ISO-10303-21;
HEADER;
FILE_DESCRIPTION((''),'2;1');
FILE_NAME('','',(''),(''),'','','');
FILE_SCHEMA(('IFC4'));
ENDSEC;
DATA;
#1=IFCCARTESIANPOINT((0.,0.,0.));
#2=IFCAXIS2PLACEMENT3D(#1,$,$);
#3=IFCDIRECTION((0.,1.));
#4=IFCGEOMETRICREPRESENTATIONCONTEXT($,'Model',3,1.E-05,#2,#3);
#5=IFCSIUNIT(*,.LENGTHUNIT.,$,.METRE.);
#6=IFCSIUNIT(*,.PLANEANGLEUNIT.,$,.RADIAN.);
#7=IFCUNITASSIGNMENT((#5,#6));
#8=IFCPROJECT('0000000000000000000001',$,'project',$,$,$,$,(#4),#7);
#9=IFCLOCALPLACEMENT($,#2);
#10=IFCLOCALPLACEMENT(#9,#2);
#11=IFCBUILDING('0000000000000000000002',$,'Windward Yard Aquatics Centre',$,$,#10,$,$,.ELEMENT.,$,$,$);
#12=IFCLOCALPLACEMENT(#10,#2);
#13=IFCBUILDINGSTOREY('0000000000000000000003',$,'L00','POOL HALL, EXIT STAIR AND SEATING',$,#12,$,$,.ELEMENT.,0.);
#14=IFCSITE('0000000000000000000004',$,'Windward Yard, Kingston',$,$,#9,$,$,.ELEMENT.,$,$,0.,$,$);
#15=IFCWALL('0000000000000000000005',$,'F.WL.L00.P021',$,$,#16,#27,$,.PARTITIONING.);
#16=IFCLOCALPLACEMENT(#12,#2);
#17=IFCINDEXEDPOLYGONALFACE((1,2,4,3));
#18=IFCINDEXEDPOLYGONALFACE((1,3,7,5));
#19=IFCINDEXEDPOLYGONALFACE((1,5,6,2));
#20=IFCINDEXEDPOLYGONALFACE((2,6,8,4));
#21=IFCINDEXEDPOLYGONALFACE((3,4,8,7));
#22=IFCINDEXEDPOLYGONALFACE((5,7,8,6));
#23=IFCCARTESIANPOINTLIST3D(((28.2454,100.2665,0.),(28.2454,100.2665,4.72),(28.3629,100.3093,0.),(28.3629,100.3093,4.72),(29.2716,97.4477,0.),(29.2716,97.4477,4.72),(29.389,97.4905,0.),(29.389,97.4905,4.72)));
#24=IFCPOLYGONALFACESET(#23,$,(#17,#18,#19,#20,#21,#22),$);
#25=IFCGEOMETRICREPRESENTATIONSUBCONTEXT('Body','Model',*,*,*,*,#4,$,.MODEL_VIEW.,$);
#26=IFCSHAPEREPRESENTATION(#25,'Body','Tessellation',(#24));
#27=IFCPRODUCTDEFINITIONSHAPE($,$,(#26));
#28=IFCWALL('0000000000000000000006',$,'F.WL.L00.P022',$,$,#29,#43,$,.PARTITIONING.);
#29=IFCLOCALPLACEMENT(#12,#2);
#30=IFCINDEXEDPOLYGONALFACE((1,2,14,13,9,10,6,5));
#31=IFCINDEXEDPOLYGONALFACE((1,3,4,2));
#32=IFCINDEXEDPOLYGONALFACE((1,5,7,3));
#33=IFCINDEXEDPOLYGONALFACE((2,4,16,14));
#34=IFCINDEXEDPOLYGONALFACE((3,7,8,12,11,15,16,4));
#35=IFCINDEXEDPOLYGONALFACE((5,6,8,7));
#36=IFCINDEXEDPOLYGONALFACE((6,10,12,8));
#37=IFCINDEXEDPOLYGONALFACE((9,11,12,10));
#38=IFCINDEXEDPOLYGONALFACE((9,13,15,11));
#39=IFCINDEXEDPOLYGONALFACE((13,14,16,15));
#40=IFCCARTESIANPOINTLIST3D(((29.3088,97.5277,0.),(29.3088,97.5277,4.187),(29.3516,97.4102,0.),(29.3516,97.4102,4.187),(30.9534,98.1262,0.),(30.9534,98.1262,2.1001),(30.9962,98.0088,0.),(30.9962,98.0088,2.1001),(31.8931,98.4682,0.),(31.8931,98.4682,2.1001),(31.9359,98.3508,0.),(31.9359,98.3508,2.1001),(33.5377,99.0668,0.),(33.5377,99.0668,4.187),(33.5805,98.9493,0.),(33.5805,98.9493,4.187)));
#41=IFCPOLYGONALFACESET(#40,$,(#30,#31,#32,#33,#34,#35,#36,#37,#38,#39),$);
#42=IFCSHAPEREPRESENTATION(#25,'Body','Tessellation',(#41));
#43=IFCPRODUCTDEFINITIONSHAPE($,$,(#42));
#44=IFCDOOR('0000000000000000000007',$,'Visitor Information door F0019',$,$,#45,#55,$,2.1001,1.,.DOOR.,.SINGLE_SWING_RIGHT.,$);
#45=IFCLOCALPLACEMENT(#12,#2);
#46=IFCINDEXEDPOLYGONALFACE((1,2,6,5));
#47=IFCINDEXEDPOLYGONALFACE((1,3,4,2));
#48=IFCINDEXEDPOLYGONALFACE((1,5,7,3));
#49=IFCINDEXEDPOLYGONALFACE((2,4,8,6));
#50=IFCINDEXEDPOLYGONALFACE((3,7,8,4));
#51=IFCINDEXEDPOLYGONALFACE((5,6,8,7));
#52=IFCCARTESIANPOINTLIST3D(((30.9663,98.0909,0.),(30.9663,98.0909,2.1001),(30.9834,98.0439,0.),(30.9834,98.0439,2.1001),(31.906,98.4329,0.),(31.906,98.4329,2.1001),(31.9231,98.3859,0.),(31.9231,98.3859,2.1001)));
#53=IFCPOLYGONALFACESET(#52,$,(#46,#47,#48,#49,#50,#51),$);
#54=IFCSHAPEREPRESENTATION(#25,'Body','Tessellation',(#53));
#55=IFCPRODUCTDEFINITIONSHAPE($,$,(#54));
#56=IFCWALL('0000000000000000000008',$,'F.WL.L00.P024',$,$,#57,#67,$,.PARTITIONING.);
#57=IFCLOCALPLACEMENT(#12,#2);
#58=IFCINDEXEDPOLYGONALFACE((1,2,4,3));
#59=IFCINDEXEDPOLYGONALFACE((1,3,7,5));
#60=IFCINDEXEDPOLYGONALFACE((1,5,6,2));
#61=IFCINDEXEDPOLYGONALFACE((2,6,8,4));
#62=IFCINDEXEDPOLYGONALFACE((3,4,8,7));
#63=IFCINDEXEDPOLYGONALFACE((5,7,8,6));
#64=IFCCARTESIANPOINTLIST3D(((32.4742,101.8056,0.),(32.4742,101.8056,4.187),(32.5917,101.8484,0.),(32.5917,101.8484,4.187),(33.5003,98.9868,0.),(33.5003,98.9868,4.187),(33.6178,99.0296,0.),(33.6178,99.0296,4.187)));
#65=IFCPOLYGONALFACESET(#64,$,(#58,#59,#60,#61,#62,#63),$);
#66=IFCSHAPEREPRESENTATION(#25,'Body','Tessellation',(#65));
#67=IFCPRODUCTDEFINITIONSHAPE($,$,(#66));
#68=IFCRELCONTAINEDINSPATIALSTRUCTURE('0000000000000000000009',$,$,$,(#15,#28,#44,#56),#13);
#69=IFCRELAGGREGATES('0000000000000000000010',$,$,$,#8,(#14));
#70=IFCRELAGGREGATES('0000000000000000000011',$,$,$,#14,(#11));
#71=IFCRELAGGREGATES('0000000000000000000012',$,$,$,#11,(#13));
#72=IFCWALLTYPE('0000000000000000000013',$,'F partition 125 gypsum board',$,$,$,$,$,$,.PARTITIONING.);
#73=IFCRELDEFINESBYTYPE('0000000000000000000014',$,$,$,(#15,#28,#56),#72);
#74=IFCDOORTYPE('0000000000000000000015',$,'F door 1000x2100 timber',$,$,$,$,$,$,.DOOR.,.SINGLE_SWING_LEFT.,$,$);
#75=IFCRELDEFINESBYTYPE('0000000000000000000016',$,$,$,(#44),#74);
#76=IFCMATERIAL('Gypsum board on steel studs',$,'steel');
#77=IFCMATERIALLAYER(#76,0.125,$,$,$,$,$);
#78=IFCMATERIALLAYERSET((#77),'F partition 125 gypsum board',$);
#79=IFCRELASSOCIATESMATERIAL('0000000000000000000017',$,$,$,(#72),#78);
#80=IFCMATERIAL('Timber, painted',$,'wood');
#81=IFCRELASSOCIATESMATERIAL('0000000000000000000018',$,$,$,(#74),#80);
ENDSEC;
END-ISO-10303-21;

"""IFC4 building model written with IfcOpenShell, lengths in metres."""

from ifc_helpers import new_model, si_unit, direction, frame, frame_2d, origin, place, context, subcontext, project, spatial, rectangle, extrude, material, layer, layer_set, type_object, element, fill, save


model = new_model("IFC4")

# Units and contexts
model_context = context("Model", 3, precision=1e-05, world=origin(), true_north=direction((0.0, 1.0)))
body_context = subcontext(model_context, "Body", "Model", "MODEL_VIEW")
ifc_project = project(units=[si_unit("LENGTHUNIT", "METRE"), si_unit("PLANEANGLEUNIT", "RADIAN")], contexts=[model_context])

# Site, building, storey
site_placement = place(None, origin())
site = spatial("IfcSite", under=ifc_project, at=site_placement, Name="Windward Yard, Kingston", CompositionType="ELEMENT", RefElevation=0.0)
building_placement = place(site_placement, origin())
building = spatial("IfcBuilding", under=site, at=building_placement, Name="Windward Yard Aquatics Centre", CompositionType="ELEMENT")
storey_placement = place(building_placement, origin())
storey = spatial("IfcBuildingStorey", under=building, at=storey_placement, Name="L00", Description="POOL HALL, EXIT STAIR AND SEATING", CompositionType="ELEMENT", Elevation=0.0)

# Shared definitions
ifc_material_1 = material(Name="Gypsum board on steel studs", Category="steel")
ifc_layer_1 = layer(ifc_material_1, 0.125)
ifc_layer_set_1 = layer_set([ifc_layer_1], Name="F partition 125 gypsum board")
wall_type = type_object("IfcWallType", Name="F partition 125 gypsum board", PredefinedType="PARTITIONING", material=ifc_layer_set_1)
ifc_material_2 = material(Name="Timber, painted", Category="wood")
door_type = type_object("IfcDoorType", Name="F door 1000x2100 timber", OperationType="SINGLE_SWING_LEFT", PredefinedType="DOOR", material=ifc_material_2)

# Wall
wall_1_placement = place(storey_placement, frame((29.3303, 97.469, 0.0), z_axis=(0.0, 0.0, 1.0), x_axis=(-0.342063, 0.939677, 0.0)))
element("IfcWall", 1, at=wall_1_placement, inside=storey, type_object=wall_type, Name="F.WL.L00.P021", PredefinedType="PARTITIONING", context=body_context, shape_type="SweptSolid", body=[
    extrude(rectangle(XDim=2.9998, YDim=0.125, at=frame_2d((1.5, 0.0))), origin(), (0.0, 0.0, 1.0), 4.72),
])

# Wall, opening, door
wall_2_placement = place(storey_placement, frame((29.3303, 97.469, 0.0), z_axis=(0.0, 0.0, 1.0), x_axis=(0.939698, 0.342004, 0.0)))
wall_2 = element("IfcWall", 2, at=wall_2_placement, inside=storey, type_object=wall_type, Name="F.WL.L00.P022", PredefinedType="PARTITIONING", context=body_context, shape_type="SweptSolid", body=[
    extrude(rectangle(XDim=4.5002, YDim=0.125, at=frame_2d((2.25, 0.0))), origin(), (0.0, 0.0, 1.0), 4.187),
])
opening_1_placement = place(wall_2_placement, frame((1.75, 0.0, 0.0)))
opening_1 = element("IfcOpeningElement", 3, at=opening_1_placement, cuts=wall_2, PredefinedType="OPENING", context=body_context, shape_type="SweptSolid", body=[
    extrude(rectangle(XDim=1.0, YDim=2.1001, at=frame_2d((0.5, 1.05))), frame((0.0, 0.0725, 0.0), z_axis=(0.0, -1.0, 0.0), x_axis=(1.0, 0.0, 0.0)), (0.0, 0.0, 1.0), 0.145),
])
door_1_placement = place(opening_1_placement, origin())
door_1 = element("IfcDoor", 4, at=door_1_placement, inside=storey, type_object=door_type, Name="Visitor Information door F0019", OperationType="SINGLE_SWING_RIGHT", OverallHeight=2.1001, OverallWidth=1.0, PredefinedType="DOOR", context=body_context, shape_type="SweptSolid", body=[
    extrude(rectangle(XDim=1.0, YDim=2.1001, at=frame_2d((0.5, 1.05))), frame((0.0, 0.0249, 0.0), z_axis=(0.0, -1.0, 0.0), x_axis=(1.0, 0.0, 0.0)), (0.0, 0.0, 1.0), 0.05),
])
fill(opening_1, door_1)

# Wall
wall_3_placement = place(storey_placement, frame((33.5591, 99.0081, 0.0), z_axis=(0.0, 0.0, 1.0), x_axis=(-0.342063, 0.939677, 0.0)))
element("IfcWall", 5, at=wall_3_placement, inside=storey, type_object=wall_type, Name="F.WL.L00.P024", PredefinedType="PARTITIONING", context=body_context, shape_type="SweptSolid", body=[
    extrude(rectangle(XDim=2.9998, YDim=0.125, at=frame_2d((1.5, 0.0))), origin(), (0.0, 0.0, 1.0), 4.187),
])

save(model, "model.ifc")
